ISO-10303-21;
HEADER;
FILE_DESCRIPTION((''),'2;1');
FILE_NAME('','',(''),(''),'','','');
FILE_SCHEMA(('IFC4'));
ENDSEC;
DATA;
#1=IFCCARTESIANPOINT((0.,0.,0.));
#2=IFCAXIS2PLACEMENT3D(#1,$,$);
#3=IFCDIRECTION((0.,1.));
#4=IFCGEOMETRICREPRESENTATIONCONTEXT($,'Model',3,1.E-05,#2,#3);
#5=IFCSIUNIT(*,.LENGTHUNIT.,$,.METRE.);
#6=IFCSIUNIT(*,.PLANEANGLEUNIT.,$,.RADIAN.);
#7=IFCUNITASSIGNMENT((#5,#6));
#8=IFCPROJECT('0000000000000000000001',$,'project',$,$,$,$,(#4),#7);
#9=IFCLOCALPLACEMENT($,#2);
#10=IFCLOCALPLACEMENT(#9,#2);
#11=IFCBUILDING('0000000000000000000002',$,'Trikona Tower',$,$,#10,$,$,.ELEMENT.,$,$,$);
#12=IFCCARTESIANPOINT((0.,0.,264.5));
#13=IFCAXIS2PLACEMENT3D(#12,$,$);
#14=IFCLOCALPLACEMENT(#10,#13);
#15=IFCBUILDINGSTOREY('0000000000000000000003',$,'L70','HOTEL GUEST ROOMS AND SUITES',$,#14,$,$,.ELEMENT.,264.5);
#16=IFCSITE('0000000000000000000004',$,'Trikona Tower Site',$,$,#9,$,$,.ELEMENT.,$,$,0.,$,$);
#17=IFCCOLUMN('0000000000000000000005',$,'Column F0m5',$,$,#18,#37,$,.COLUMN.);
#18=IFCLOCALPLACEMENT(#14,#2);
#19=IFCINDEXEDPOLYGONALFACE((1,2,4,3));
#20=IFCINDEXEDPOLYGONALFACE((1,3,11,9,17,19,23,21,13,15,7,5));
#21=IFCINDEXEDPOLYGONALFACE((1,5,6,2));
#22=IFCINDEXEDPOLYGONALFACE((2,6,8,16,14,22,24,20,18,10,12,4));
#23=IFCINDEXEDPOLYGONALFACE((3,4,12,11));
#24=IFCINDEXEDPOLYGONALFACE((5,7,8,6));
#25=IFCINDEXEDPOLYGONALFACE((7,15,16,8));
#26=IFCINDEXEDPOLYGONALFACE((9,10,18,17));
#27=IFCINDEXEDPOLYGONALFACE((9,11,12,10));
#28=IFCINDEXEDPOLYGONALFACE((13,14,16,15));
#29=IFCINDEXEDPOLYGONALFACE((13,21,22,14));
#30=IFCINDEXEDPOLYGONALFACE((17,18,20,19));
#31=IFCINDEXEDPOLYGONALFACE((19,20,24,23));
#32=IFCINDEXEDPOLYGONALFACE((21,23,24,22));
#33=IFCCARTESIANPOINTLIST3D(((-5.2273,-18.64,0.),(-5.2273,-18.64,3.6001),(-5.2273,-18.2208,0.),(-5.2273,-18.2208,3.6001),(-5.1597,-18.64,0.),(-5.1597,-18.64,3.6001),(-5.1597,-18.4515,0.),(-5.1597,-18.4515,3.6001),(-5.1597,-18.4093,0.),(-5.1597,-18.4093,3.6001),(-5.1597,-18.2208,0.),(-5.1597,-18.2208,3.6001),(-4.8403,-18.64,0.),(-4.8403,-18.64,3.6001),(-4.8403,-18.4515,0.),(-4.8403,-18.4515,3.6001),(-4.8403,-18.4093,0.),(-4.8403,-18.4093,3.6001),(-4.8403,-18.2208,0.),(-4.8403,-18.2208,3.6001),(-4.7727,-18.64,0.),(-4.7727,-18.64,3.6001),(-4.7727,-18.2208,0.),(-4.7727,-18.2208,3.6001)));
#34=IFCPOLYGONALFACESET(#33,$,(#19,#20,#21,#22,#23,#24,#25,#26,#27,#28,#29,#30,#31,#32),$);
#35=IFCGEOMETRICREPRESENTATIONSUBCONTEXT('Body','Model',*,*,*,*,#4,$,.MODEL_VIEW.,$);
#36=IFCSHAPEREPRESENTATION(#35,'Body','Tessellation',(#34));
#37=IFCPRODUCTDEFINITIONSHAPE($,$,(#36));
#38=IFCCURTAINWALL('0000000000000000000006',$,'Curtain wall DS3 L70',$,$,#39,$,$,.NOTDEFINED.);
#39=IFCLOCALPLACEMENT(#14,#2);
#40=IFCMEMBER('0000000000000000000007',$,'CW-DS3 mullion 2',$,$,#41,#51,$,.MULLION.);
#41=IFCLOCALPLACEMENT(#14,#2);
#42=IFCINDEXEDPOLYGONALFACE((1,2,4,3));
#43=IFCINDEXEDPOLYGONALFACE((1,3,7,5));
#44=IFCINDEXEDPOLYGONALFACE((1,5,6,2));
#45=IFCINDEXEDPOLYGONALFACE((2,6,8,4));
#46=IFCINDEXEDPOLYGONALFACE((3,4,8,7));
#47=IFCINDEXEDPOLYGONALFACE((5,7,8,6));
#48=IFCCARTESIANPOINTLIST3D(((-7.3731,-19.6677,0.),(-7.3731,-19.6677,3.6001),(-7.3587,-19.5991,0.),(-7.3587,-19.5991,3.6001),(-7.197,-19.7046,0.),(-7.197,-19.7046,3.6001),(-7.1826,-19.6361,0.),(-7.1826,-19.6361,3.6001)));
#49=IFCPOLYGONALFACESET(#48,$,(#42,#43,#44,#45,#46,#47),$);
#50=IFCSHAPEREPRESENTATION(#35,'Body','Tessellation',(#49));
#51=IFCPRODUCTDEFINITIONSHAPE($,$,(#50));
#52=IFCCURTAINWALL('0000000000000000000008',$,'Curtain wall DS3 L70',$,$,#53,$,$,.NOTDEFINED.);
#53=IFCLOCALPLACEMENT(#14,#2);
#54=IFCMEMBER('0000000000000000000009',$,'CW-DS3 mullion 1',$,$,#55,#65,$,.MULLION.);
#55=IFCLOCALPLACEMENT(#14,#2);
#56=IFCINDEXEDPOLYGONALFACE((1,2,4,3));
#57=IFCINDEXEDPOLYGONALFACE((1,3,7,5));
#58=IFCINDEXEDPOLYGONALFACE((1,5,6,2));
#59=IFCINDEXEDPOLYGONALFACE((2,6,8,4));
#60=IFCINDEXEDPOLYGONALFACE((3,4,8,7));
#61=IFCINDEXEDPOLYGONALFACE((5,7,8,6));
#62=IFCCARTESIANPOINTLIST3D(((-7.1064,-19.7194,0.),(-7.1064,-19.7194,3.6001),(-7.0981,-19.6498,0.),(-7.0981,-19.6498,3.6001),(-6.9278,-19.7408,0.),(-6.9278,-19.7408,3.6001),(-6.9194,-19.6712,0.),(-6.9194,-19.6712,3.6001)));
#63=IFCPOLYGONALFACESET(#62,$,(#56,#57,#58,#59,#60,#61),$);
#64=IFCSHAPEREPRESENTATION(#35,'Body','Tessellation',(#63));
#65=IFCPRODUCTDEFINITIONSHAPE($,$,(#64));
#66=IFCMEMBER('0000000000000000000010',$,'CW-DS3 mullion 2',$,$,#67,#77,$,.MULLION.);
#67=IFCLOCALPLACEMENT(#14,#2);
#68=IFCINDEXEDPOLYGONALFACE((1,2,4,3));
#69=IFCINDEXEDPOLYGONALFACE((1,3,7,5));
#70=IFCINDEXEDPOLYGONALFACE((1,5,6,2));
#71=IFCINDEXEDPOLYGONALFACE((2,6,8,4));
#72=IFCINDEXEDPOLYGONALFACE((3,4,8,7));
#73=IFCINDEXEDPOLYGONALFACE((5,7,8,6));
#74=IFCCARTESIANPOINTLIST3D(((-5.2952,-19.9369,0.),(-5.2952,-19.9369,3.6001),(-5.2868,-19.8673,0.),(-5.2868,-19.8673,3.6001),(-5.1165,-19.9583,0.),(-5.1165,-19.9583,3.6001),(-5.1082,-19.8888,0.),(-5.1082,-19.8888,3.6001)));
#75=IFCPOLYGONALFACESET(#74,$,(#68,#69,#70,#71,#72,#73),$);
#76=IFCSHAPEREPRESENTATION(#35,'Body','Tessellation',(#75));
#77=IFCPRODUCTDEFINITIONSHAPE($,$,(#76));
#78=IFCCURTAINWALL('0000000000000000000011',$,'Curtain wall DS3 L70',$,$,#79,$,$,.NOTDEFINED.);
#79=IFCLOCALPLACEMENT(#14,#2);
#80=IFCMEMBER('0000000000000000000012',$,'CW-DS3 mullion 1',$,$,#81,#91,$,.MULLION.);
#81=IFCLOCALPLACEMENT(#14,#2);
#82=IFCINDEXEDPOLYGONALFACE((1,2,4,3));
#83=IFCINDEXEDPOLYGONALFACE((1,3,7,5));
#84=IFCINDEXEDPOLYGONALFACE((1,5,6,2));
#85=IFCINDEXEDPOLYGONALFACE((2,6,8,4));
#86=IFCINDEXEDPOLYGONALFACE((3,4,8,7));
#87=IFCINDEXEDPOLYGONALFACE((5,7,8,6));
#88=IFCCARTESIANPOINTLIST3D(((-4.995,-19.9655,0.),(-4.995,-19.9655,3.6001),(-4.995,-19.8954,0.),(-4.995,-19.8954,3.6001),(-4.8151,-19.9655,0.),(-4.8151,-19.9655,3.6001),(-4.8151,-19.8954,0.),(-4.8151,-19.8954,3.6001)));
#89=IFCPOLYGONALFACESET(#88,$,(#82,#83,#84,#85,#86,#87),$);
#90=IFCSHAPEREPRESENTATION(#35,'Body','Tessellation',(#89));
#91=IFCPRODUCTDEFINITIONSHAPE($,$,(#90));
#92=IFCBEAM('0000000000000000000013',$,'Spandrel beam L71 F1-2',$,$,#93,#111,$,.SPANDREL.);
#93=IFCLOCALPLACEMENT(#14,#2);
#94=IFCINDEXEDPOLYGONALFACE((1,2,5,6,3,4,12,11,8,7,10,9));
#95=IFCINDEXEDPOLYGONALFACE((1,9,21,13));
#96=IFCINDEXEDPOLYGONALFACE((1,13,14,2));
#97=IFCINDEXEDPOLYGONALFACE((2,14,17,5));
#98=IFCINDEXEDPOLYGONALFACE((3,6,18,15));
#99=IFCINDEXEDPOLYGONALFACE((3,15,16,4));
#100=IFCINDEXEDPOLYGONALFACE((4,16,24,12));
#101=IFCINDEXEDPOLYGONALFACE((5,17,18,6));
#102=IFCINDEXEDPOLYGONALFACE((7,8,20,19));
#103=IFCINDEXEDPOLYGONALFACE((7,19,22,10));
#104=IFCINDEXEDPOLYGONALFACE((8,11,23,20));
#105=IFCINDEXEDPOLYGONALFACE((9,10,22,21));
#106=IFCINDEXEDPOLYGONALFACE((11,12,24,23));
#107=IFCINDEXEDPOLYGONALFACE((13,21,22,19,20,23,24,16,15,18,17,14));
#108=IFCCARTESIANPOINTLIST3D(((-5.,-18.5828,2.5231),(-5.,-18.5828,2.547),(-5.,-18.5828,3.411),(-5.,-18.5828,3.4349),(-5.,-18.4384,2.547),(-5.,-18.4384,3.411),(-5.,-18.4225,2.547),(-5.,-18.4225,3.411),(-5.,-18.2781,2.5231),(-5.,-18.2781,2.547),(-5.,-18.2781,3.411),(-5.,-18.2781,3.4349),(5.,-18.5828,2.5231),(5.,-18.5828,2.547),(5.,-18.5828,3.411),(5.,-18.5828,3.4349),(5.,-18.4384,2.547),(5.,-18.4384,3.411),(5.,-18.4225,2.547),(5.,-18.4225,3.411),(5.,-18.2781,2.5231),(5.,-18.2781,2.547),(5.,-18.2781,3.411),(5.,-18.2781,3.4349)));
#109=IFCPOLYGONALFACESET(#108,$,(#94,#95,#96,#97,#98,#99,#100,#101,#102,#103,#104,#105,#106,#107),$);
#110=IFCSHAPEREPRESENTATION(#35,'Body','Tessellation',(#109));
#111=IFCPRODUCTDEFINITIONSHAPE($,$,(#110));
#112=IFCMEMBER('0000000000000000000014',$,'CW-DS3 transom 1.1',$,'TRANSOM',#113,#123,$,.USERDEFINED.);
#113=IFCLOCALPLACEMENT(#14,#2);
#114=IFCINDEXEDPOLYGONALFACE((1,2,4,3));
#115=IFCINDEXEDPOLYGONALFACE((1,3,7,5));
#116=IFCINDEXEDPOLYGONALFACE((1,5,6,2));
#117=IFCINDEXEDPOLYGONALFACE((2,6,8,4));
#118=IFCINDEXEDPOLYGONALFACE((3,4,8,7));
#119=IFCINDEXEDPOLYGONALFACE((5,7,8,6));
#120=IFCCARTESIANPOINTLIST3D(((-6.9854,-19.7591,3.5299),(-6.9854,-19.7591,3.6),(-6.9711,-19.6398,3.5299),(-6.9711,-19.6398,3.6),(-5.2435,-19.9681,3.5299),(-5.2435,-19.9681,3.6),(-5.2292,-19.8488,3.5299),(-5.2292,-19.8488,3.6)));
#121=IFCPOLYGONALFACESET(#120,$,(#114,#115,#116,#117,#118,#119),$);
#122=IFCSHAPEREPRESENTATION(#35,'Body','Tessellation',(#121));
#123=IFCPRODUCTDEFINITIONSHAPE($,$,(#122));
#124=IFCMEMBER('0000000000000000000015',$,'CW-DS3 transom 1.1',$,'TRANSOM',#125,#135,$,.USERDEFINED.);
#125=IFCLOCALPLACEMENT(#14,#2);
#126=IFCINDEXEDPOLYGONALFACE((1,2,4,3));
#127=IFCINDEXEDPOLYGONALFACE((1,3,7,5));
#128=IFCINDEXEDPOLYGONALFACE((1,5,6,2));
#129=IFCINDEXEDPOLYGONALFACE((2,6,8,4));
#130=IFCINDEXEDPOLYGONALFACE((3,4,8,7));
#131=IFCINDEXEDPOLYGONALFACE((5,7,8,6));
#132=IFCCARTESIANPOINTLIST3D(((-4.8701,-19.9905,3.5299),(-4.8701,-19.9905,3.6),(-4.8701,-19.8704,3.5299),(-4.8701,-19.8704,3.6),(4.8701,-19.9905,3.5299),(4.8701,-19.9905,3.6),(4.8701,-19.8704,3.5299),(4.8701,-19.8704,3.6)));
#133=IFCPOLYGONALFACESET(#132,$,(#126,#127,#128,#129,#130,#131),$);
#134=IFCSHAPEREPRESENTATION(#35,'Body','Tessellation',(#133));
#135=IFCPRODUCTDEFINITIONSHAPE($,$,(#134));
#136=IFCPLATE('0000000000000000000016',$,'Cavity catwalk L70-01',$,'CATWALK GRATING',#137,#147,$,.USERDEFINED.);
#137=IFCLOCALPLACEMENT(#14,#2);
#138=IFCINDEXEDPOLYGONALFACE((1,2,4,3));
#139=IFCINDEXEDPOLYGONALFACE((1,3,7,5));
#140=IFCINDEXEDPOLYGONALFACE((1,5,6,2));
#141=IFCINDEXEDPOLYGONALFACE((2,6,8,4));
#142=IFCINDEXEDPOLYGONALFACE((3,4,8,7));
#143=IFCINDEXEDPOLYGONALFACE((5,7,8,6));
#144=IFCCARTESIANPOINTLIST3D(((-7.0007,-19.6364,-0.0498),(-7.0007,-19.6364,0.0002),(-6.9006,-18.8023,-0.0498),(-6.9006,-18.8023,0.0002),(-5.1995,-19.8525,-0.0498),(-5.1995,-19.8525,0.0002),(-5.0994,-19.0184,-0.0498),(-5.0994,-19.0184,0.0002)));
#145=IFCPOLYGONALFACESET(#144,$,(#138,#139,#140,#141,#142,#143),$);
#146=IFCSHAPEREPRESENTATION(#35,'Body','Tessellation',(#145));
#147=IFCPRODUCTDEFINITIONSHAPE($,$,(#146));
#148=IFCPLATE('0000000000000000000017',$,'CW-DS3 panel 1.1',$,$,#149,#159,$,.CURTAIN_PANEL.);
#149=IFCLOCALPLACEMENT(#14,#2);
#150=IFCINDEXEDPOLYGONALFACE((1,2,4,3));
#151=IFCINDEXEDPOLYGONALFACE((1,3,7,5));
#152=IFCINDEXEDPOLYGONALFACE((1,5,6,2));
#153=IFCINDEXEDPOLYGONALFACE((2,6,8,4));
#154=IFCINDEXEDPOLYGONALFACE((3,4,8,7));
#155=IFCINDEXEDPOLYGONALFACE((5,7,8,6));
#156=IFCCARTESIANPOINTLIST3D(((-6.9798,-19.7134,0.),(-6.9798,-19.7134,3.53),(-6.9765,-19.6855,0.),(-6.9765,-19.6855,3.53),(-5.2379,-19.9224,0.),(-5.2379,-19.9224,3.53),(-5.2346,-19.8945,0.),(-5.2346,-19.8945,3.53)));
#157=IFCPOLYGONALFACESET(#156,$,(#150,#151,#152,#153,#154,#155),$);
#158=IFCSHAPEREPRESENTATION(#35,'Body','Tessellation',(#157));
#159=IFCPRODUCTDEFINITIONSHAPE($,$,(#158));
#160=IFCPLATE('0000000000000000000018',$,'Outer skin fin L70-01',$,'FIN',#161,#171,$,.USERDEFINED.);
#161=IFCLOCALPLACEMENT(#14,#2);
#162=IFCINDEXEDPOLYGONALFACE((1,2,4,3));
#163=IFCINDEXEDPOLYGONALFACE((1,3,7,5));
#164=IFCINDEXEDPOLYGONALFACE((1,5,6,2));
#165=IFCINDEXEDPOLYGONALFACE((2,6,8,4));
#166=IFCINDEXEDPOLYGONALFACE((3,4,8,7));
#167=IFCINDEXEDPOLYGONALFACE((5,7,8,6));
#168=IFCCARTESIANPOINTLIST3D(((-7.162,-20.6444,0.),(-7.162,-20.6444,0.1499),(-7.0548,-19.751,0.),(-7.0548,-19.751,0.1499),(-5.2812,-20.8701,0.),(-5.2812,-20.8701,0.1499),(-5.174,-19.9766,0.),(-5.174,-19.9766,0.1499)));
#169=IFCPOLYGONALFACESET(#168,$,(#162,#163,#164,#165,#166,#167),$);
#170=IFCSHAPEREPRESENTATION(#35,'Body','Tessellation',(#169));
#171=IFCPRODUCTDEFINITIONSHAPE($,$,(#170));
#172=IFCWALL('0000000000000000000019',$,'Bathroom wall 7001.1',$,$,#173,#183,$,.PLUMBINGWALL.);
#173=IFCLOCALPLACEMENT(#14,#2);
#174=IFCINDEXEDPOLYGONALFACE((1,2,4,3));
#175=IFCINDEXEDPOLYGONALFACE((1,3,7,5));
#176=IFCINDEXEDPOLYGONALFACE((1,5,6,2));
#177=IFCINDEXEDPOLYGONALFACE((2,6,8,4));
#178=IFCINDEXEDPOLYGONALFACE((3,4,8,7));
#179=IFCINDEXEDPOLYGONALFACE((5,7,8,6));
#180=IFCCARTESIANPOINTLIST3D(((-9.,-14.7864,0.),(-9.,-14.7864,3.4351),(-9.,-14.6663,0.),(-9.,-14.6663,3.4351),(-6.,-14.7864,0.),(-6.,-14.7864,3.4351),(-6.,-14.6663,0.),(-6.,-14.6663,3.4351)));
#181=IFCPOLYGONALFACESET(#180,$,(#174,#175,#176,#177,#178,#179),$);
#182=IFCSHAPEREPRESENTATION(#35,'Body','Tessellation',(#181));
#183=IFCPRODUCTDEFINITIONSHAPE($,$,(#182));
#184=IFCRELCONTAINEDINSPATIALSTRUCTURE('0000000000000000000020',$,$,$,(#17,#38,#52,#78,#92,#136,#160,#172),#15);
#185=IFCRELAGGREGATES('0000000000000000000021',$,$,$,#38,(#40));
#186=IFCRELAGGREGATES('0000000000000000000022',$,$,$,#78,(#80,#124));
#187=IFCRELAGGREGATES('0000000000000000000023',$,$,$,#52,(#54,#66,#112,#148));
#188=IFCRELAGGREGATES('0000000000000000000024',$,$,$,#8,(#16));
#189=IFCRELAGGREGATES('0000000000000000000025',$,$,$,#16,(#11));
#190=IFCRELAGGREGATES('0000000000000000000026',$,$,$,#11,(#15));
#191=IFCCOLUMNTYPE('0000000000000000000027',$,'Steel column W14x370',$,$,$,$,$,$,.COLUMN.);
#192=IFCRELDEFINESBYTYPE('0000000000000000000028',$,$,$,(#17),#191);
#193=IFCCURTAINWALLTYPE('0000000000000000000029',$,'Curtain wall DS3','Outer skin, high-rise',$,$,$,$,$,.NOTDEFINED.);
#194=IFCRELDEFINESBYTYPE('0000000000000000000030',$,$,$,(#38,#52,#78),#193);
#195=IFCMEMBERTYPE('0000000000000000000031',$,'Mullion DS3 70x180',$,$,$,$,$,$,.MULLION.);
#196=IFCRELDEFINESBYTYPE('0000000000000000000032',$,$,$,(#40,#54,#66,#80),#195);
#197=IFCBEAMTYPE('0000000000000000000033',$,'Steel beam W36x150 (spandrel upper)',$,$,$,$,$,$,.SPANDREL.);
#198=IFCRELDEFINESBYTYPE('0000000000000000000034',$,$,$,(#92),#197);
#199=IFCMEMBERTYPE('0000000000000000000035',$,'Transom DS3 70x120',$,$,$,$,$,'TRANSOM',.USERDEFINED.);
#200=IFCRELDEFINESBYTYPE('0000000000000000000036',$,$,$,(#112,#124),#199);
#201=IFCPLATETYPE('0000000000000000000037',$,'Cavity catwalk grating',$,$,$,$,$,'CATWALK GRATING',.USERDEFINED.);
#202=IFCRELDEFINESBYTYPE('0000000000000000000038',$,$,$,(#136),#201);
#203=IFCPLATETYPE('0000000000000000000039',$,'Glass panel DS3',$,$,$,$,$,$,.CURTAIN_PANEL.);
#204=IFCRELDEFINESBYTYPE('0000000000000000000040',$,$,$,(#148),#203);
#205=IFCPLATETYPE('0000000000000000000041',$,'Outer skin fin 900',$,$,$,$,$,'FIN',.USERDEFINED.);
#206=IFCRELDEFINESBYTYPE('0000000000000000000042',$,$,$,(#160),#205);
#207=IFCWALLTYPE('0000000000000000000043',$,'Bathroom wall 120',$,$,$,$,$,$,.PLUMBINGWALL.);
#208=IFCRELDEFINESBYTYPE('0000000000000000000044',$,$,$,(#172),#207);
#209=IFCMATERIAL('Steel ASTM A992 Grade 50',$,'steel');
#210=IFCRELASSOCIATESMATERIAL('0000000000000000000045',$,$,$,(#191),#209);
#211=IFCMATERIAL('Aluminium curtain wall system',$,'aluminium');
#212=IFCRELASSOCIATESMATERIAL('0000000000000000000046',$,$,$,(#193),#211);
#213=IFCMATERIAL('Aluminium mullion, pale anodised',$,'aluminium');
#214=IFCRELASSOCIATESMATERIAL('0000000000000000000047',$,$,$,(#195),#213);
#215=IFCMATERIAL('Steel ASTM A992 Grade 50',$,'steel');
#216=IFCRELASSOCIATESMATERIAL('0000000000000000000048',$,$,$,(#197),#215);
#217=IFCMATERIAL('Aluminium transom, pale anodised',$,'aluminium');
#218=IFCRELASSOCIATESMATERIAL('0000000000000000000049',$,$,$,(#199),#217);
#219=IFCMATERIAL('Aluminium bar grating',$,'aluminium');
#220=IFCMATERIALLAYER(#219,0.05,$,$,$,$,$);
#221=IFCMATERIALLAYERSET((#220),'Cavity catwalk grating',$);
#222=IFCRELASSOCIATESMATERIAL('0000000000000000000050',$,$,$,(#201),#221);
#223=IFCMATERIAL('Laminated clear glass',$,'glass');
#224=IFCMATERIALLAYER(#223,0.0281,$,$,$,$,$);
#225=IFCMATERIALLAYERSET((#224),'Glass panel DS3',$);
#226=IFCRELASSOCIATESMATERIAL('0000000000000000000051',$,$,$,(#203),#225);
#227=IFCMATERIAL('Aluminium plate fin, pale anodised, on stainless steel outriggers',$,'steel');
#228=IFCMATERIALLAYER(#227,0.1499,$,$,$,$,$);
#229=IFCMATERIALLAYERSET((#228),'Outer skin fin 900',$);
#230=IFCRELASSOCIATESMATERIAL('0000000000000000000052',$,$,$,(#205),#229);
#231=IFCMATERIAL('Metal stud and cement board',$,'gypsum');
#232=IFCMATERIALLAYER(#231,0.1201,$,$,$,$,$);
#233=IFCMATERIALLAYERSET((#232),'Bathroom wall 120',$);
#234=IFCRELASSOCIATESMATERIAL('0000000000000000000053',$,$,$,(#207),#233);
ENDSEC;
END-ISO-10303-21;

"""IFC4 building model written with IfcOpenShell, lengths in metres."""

from ifc_helpers import new_model, si_unit, direction, frame, frame_2d, origin, origin_2d, place, context, subcontext, project, spatial, rectangle, i_section, extrude, material, layer, layer_set, material_profile, profile_set, type_object, element, aggregate, save


model = new_model("IFC4")

# Units and contexts
model_context = context("Model", 3, precision=1e-05, world=origin(), true_north=direction((0.0, 1.0)))
body_context = subcontext(model_context, "Body", "Model", "MODEL_VIEW")
ifc_project = project(units=[si_unit("LENGTHUNIT", "METRE"), si_unit("PLANEANGLEUNIT", "RADIAN")], contexts=[model_context])

# Site, building, storey
site_placement = place(None, origin())
site = spatial("IfcSite", under=ifc_project, at=site_placement, Name="Trikona Tower Site", CompositionType="ELEMENT", RefElevation=0.0)
building_placement = place(site_placement, origin())
building = spatial("IfcBuilding", under=site, at=building_placement, Name="Trikona Tower", CompositionType="ELEMENT")
storey_placement = place(building_placement, frame((0.0, 0.0, 264.5)))
storey = spatial("IfcBuildingStorey", under=building, at=storey_placement, Name="L70", Description="HOTEL GUEST ROOMS AND SUITES", CompositionType="ELEMENT", Elevation=264.5)

# Column
ifc_material_1 = material(Name="Steel ASTM A992 Grade 50", Category="steel")
ifc_material_profile_1 = material_profile(ifc_material_1, i_section(OverallWidth=0.4192, OverallDepth=0.4546, WebThickness=0.0422, FlangeThickness=0.0676, at=origin_2d()), Name="W14X370")
ifc_profile_set_1 = profile_set([ifc_material_profile_1], Name="Steel ASTM A992 Grade 50")
column_type = type_object("IfcColumnType", Name="Steel column W14x370", PredefinedType="COLUMN", material=ifc_profile_set_1)
column_placement = place(storey_placement, frame((-5.0, -18.4304, 0.0), z_axis=(0.0, 0.0, 1.0), x_axis=(0.0, -1.0, 0.0)))
element("IfcColumn", 1, at=column_placement, inside=storey, type_object=column_type, Name="Column F0m5", PredefinedType="COLUMN", context=body_context, shape_type="SweptSolid", body=[
    extrude(i_section(OverallWidth=0.4192, OverallDepth=0.4546, WebThickness=0.0422, FlangeThickness=0.0676, at=origin_2d()), origin(), (0.0, 0.0, 1.0), 3.6001),
])

# Curtain wall, member
ifc_material_2 = material(Name="Aluminium curtain wall system", Category="aluminium")
curtain_wall_type = type_object("IfcCurtainWallType", Name="Curtain wall DS3", Description="Outer skin, high-rise", PredefinedType="NOTDEFINED", material=ifc_material_2)
curtain_wall_1_placement = place(storey_placement, origin())
curtain_wall_1 = element("IfcCurtainWall", 2, at=curtain_wall_1_placement, inside=storey, type_object=curtain_wall_type, Name="Curtain wall DS3 L70", PredefinedType="NOTDEFINED")
ifc_material_3 = material(Name="Aluminium mullion, pale anodised", Category="aluminium")
ifc_material_profile_2 = material_profile(ifc_material_3, rectangle(XDim=0.0701, YDim=0.1799, at=origin_2d()), Name="MUL-DS3")
ifc_profile_set_2 = profile_set([ifc_material_profile_2], Name="Aluminium mullion, pale anodised")
member_type_1 = type_object("IfcMemberType", Name="Mullion DS3 70x180", PredefinedType="MULLION", material=ifc_profile_set_2)
member_1_placement = place(storey_placement, frame((-7.2778, -19.6519, 0.0), z_axis=(0.0, 0.0, 1.0), x_axis=(0.205527, 0.978651, 0.0)))
member_1 = element("IfcMember", 3, at=member_1_placement, type_object=member_type_1, Name="CW-DS3 mullion 2", PredefinedType="MULLION", context=body_context, shape_type="SweptSolid", body=[
    extrude(rectangle(XDim=0.0701, YDim=0.1799, at=origin_2d()), origin(), (0.0, 0.0, 1.0), 3.6001),
])
aggregate(curtain_wall_1, [member_1])

# Curtain wall, members
curtain_wall_2_placement = place(storey_placement, origin())
curtain_wall_2 = element("IfcCurtainWall", 4, at=curtain_wall_2_placement, inside=storey, type_object=curtain_wall_type, Name="Curtain wall DS3 L70", PredefinedType="NOTDEFINED")
member_2_placement = place(storey_placement, frame((-7.0129, -19.6953, 0.0), z_axis=(0.0, 0.0, 1.0), x_axis=(0.119141, 0.992877, 0.0)))
member_2 = element("IfcMember", 5, at=member_2_placement, type_object=member_type_1, Name="CW-DS3 mullion 1", PredefinedType="MULLION", context=body_context, shape_type="SweptSolid", body=[
    extrude(rectangle(XDim=0.0701, YDim=0.1799, at=origin_2d()), origin(), (0.0, 0.0, 1.0), 3.6001),
])
member_3_placement = place(storey_placement, frame((-5.2017, -19.9128, 0.0), z_axis=(0.0, 0.0, 1.0), x_axis=(0.119141, 0.992877, 0.0)))
member_3 = element("IfcMember", 6, at=member_3_placement, type_object=member_type_1, Name="CW-DS3 mullion 2", PredefinedType="MULLION", context=body_context, shape_type="SweptSolid", body=[
    extrude(rectangle(XDim=0.0701, YDim=0.1799, at=origin_2d()), origin(), (0.0, 0.0, 1.0), 3.6001),
])

# Curtain wall, member
curtain_wall_3_placement = place(storey_placement, origin())
curtain_wall_3 = element("IfcCurtainWall", 7, at=curtain_wall_3_placement, inside=storey, type_object=curtain_wall_type, Name="Curtain wall DS3 L70", PredefinedType="NOTDEFINED")
member_4_placement = place(storey_placement, frame((-4.905, -19.9304, 0.0), z_axis=(0.0, 0.0, 1.0), x_axis=(0.0, 1.0, 0.0)))
member_4 = element("IfcMember", 8, at=member_4_placement, type_object=member_type_1, Name="CW-DS3 mullion 1", PredefinedType="MULLION", context=body_context, shape_type="SweptSolid", body=[
    extrude(rectangle(XDim=0.0701, YDim=0.1799, at=origin_2d()), origin(), (0.0, 0.0, 1.0), 3.6001),
])

# Beam
ifc_material_4 = material(Name="Steel ASTM A992 Grade 50", Category="steel")
ifc_material_profile_3 = material_profile(ifc_material_4, i_section(OverallWidth=0.3047, OverallDepth=0.9119, WebThickness=0.0159, FlangeThickness=0.0239, at=origin_2d()), Name="W36X150")
ifc_profile_set_3 = profile_set([ifc_material_profile_3], Name="Steel ASTM A992 Grade 50")
beam_type = type_object("IfcBeamType", Name="Steel beam W36x150 (spandrel upper)", PredefinedType="SPANDREL", material=ifc_profile_set_3)
beam_placement = place(storey_placement, frame((-5.0, -18.4304, 2.979), z_axis=(1.0, 0.0, 0.0), x_axis=(0.0, 1.0, 0.0)))
element("IfcBeam", 9, at=beam_placement, inside=storey, type_object=beam_type, Name="Spandrel beam L71 F1-2", PredefinedType="SPANDREL", context=body_context, shape_type="SweptSolid", body=[
    extrude(i_section(OverallWidth=0.3047, OverallDepth=0.9119, WebThickness=0.0159, FlangeThickness=0.0239, at=origin_2d()), origin(), (0.0, 0.0, 1.0), 10.0),
])

# Members
ifc_material_5 = material(Name="Aluminium transom, pale anodised", Category="aluminium")
ifc_material_profile_4 = material_profile(ifc_material_5, rectangle(XDim=0.1201, YDim=0.0701, at=origin_2d()), Name="TRN-DS3")
ifc_profile_set_4 = profile_set([ifc_material_profile_4], Name="Aluminium transom, pale anodised")
member_type_2 = type_object("IfcMemberType", Name="Transom DS3 70x120", ElementType="TRANSOM", PredefinedType="USERDEFINED", material=ifc_profile_set_4)
member_5_placement = place(storey_placement, frame((-6.9783, -19.6995, 3.5649), z_axis=(0.99288, -0.119118, 0.0), x_axis=(0.119118, 0.99288, 0.0)))
member_5 = element("IfcMember", 10, at=member_5_placement, type_object=member_type_2, Name="CW-DS3 transom 1.1", ObjectType="TRANSOM", PredefinedType="USERDEFINED", context=body_context, shape_type="SweptSolid", body=[
    extrude(rectangle(XDim=0.1201, YDim=0.0701, at=origin_2d()), origin(), (0.0, 0.0, 1.0), 1.7544),
])
member_6_placement = place(storey_placement, frame((-4.8701, -19.9304, 3.5649), z_axis=(1.0, 0.0, 0.0), x_axis=(0.0, 1.0, 0.0)))
member_6 = element("IfcMember", 11, at=member_6_placement, type_object=member_type_2, Name="CW-DS3 transom 1.1", ObjectType="TRANSOM", PredefinedType="USERDEFINED", context=body_context, shape_type="SweptSolid", body=[
    extrude(rectangle(XDim=0.1201, YDim=0.0701, at=origin_2d()), origin(), (0.0, 0.0, 1.0), 9.7402),
])
aggregate(curtain_wall_3, [member_4, member_6])

# Plates
ifc_material_6 = material(Name="Aluminium bar grating", Category="aluminium")
ifc_layer_1 = layer(ifc_material_6, 0.05)
ifc_layer_set_1 = layer_set([ifc_layer_1], Name="Cavity catwalk grating")
plate_type_1 = type_object("IfcPlateType", Name="Cavity catwalk grating", ElementType="CATWALK GRATING", PredefinedType="USERDEFINED", material=ifc_layer_set_1)
plate_1_placement = place(storey_placement, frame((-6.05, -19.3274, -0.0498), z_axis=(0.0, 0.0, 1.0), x_axis=(0.992877, -0.119146, 0.0)))
element("IfcPlate", 12, at=plate_1_placement, inside=storey, type_object=plate_type_1, Name="Cavity catwalk L70-01", ObjectType="CATWALK GRATING", PredefinedType="USERDEFINED", context=body_context, shape_type="SweptSolid", body=[
    extrude(rectangle(XDim=1.8142, YDim=0.8401, at=origin_2d()), origin(), (0.0, 0.0, 1.0), 0.05),
])
ifc_material_7 = material(Name="Laminated clear glass", Category="glass")
ifc_layer_2 = layer(ifc_material_7, 0.0281)
ifc_layer_set_2 = layer_set([ifc_layer_2], Name="Glass panel DS3")
plate_type_2 = type_object("IfcPlateType", Name="Glass panel DS3", PredefinedType="CURTAIN_PANEL", material=ifc_layer_set_2)
plate_2_placement = place(storey_placement, frame((-6.1072, -19.804, 0.0), z_axis=(0.0, 0.0, 1.0), x_axis=(0.992877, -0.119141, 0.0)))
plate_2 = element("IfcPlate", 13, at=plate_2_placement, type_object=plate_type_2, Name="CW-DS3 panel 1.1", PredefinedType="CURTAIN_PANEL", context=body_context, shape_type="SweptSolid", body=[
    extrude(rectangle(XDim=1.7544, YDim=0.0281, at=origin_2d()), origin(), (0.0, 0.0, 1.0), 3.53),
])
aggregate(curtain_wall_2, [member_2, member_3, member_5, plate_2])
ifc_material_8 = material(Name="Aluminium plate fin, pale anodised, on stainless steel outriggers", Category="steel")
ifc_layer_3 = layer(ifc_material_8, 0.1499)
ifc_layer_set_3 = layer_set([ifc_layer_3], Name="Outer skin fin 900")
plate_type_3 = type_object("IfcPlateType", Name="Outer skin fin 900", ElementType="FIN", PredefinedType="USERDEFINED", material=ifc_layer_set_3)
plate_3_placement = place(storey_placement, frame((-6.168, -20.3105, 0.0), z_axis=(0.0, 0.0, 1.0), x_axis=(0.992877, -0.119146, 0.0)))
element("IfcPlate", 14, at=plate_3_placement, inside=storey, type_object=plate_type_3, Name="Outer skin fin L70-01", ObjectType="FIN", PredefinedType="USERDEFINED", context=body_context, shape_type="SweptSolid", body=[
    extrude(rectangle(XDim=1.8943, YDim=0.8999, at=origin_2d()), origin(), (0.0, 0.0, 1.0), 0.1499),
])

# Wall
ifc_material_9 = material(Name="Metal stud and cement board", Category="gypsum")
ifc_layer_4 = layer(ifc_material_9, 0.1201)
ifc_layer_set_4 = layer_set([ifc_layer_4], Name="Bathroom wall 120")
wall_type_1 = type_object("IfcWallType", Name="Bathroom wall 120", PredefinedType="PLUMBINGWALL", material=ifc_layer_set_4)
wall_1_placement = place(storey_placement, frame((-9.0, -14.7263, 0.0), z_axis=(0.0, 0.0, 1.0), x_axis=(1.0, 0.0, 0.0)))
element("IfcWall", 15, at=wall_1_placement, inside=storey, type_object=wall_type_1, Name="Bathroom wall 7001.1", PredefinedType="PLUMBINGWALL", context=body_context, shape_type="SweptSolid", body=[
    extrude(rectangle(XDim=3.0, YDim=0.1201, at=frame_2d((1.5, 0.0))), origin(), (0.0, 0.0, 1.0), 3.4351),
])

save(model, "model.ifc")
